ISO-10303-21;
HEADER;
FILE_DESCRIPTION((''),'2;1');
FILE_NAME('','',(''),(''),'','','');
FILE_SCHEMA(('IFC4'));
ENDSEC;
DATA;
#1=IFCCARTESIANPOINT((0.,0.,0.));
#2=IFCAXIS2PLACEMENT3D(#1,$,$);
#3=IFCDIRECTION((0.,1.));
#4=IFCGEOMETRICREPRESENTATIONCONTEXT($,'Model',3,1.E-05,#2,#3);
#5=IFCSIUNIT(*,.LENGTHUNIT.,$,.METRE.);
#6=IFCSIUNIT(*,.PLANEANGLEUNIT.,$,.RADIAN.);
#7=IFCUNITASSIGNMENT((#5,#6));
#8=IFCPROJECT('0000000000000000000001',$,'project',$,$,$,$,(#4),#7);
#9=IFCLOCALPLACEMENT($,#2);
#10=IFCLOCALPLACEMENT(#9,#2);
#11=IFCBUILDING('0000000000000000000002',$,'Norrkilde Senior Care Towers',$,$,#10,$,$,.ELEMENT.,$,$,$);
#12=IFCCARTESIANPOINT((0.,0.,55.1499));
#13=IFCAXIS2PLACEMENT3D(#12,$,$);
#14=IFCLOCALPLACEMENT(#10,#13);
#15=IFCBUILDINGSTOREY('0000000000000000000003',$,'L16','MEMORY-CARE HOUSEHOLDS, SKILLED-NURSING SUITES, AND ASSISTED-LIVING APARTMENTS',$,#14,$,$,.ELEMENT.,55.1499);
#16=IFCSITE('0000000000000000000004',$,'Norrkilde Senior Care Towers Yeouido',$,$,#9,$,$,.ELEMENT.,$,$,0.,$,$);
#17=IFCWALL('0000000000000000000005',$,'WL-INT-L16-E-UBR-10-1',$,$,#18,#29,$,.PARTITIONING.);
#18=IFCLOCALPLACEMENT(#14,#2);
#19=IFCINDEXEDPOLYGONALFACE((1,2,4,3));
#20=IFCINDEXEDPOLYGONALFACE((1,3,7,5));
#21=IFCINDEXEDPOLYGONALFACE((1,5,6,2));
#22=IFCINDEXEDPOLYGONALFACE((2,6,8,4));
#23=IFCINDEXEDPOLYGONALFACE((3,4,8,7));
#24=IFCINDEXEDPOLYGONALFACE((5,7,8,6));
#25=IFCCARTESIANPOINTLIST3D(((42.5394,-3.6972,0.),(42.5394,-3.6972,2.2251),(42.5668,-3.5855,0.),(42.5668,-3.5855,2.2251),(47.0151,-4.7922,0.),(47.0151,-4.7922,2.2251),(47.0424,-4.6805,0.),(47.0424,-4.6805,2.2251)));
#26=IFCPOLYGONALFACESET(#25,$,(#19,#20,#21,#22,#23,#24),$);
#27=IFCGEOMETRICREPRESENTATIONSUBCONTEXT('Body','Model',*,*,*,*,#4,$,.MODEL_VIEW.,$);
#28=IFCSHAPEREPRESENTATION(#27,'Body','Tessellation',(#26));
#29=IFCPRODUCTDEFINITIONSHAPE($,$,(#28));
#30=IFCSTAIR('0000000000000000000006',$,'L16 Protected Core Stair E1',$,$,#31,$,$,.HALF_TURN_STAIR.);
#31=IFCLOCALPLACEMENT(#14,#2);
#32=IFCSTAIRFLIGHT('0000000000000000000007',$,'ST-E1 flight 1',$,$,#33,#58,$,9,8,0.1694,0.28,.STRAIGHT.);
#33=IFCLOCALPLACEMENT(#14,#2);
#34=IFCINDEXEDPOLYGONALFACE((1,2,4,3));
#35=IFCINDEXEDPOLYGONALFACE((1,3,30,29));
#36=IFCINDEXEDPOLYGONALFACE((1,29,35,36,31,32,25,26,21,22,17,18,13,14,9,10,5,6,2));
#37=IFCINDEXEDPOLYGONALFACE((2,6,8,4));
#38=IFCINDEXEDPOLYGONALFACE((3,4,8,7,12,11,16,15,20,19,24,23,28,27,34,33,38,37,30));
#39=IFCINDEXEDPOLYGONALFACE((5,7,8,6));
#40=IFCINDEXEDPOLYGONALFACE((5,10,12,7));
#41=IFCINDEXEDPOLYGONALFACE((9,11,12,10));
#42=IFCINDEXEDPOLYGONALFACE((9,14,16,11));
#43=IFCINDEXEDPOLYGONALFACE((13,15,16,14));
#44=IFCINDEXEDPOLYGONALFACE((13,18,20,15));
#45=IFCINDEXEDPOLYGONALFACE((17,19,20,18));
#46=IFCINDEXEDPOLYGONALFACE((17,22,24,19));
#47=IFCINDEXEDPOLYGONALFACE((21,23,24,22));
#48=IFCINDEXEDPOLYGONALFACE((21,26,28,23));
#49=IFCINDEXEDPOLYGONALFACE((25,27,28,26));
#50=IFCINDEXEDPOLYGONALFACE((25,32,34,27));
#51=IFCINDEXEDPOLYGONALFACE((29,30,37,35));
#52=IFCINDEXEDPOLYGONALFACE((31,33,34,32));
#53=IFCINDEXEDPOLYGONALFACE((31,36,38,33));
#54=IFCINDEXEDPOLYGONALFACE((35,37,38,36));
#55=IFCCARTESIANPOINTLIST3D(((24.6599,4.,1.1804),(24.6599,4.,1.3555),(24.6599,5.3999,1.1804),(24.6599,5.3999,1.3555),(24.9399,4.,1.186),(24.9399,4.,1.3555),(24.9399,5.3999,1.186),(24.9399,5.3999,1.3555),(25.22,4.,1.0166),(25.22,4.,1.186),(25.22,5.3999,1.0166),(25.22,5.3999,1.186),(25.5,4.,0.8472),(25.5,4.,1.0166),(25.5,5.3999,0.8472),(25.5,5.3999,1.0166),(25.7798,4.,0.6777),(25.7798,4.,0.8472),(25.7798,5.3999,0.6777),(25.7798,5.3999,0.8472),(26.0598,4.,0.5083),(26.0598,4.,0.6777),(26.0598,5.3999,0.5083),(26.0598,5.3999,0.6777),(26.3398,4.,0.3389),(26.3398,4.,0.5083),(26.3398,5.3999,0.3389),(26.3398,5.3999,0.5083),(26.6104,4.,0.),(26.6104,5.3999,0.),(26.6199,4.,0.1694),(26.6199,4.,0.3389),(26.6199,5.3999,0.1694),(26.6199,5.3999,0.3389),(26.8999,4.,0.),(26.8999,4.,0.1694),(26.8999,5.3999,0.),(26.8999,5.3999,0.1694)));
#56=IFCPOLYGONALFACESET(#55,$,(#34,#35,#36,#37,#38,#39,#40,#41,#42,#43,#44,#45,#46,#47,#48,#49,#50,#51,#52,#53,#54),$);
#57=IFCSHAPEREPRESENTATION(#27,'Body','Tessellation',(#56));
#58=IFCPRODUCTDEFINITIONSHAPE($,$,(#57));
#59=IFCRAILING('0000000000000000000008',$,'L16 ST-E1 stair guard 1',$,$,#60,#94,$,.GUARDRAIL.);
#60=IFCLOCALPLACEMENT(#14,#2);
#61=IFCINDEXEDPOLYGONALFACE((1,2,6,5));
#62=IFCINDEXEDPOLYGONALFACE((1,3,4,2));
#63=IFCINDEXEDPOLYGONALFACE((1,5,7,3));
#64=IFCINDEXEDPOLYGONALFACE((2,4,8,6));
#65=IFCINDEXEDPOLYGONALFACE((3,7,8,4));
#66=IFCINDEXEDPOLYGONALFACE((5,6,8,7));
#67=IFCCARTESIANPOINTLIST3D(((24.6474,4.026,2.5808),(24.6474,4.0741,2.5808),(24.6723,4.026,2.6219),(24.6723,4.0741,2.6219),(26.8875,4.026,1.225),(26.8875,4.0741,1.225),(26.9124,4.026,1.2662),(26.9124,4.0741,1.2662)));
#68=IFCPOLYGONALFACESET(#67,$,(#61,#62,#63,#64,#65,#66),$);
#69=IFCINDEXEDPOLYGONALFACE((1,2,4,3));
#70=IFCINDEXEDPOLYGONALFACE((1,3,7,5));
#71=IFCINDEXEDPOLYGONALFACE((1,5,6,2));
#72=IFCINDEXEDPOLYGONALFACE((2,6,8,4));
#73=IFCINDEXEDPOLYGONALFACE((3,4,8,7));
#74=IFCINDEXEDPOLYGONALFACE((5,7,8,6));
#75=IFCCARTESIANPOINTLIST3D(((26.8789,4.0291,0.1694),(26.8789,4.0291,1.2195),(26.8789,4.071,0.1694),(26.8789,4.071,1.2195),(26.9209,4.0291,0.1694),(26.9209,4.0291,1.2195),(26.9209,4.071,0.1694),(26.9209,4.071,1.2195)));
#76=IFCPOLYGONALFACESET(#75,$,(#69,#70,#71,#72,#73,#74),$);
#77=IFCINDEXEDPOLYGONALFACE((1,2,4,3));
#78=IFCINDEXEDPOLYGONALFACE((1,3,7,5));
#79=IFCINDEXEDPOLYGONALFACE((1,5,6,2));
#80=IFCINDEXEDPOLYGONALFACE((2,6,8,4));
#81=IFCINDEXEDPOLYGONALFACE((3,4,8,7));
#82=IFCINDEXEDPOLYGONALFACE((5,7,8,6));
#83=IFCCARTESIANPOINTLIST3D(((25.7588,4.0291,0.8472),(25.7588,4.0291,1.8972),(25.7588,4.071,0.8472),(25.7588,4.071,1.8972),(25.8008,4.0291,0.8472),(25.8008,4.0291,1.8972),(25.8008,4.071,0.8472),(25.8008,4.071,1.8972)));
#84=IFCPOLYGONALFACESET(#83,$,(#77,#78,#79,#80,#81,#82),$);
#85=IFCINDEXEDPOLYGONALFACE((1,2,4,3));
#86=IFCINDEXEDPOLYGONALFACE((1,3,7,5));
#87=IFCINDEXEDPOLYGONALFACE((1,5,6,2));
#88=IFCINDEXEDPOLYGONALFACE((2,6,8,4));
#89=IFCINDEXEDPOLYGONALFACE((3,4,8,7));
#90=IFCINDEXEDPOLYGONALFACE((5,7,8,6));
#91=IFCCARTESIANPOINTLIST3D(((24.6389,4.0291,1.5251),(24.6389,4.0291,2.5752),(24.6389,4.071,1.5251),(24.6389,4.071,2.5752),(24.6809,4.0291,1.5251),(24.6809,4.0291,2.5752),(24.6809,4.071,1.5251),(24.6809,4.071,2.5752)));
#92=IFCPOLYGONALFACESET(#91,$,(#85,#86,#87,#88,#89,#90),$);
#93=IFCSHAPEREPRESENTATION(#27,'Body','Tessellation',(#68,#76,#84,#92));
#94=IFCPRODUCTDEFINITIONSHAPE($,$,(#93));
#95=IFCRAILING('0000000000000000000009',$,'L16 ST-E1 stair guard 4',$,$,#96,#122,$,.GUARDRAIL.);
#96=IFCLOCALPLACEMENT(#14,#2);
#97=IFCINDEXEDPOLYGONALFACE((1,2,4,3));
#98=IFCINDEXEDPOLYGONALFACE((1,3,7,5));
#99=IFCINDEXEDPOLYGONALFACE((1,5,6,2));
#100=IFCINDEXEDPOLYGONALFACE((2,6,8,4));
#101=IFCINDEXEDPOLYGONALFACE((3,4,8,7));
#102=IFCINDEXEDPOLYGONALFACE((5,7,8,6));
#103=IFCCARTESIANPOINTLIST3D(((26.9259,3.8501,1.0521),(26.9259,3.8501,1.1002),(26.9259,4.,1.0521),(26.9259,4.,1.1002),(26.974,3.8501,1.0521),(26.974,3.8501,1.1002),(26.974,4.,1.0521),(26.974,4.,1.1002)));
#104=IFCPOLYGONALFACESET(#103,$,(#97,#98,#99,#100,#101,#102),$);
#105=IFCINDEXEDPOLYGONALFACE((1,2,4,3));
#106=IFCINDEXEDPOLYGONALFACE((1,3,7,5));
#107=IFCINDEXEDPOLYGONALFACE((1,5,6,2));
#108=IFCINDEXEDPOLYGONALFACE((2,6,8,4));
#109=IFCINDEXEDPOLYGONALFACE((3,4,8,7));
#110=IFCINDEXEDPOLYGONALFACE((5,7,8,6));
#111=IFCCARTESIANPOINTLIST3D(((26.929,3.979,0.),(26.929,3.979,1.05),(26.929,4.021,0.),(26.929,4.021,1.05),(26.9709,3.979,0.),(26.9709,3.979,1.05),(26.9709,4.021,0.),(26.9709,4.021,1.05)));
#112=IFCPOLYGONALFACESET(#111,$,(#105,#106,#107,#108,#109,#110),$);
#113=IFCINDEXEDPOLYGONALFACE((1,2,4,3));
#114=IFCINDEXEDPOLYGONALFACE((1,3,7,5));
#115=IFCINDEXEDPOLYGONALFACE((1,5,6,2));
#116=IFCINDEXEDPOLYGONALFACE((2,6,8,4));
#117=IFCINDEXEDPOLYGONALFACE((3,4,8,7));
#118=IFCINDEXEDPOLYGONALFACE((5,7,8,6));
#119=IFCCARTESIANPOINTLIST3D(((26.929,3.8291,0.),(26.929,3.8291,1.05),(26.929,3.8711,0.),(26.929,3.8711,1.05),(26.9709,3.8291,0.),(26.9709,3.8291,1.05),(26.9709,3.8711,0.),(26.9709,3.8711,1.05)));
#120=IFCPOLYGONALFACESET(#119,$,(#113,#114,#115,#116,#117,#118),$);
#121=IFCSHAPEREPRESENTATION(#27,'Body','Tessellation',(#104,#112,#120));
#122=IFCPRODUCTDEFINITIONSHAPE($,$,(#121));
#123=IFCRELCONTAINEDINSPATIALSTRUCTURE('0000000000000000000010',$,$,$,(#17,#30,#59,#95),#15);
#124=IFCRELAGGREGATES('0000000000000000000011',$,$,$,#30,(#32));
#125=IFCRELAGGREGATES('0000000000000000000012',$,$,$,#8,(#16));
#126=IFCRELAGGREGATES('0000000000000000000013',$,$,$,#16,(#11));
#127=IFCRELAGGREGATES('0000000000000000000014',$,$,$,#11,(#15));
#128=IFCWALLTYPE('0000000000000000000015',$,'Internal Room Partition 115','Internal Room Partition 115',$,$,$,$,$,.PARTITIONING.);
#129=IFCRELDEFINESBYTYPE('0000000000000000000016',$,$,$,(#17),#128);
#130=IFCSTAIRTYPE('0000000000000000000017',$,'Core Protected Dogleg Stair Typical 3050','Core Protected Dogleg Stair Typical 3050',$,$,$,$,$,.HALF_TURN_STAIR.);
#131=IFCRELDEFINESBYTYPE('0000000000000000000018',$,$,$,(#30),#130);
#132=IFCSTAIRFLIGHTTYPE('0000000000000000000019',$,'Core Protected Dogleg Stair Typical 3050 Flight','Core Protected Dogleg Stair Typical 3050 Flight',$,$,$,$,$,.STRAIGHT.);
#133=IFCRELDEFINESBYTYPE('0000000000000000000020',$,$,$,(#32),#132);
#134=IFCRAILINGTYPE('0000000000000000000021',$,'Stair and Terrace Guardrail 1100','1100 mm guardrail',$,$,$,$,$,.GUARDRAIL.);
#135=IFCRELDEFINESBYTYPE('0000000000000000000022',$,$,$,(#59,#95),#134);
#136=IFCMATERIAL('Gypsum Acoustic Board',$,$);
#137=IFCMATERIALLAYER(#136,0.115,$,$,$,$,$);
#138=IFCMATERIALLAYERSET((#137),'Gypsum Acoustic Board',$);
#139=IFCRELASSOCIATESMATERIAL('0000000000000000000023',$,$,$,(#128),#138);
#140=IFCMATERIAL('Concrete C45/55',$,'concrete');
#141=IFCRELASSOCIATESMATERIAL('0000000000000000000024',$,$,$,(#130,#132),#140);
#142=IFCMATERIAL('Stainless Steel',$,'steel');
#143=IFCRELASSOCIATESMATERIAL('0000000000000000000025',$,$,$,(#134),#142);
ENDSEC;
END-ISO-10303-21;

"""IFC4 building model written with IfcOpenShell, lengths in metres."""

from ifc_helpers import new_model, si_unit, direction, frame, frame_2d, origin, origin_2d, place, context, subcontext, project, spatial, polyline, rectangle, outline, extrude, source, transform, mapped, material, layer, layer_set, type_object, element, aggregate, save


model = new_model("IFC4")

# Units and contexts
model_context = context("Model", 3, precision=1e-05, world=origin(), true_north=direction((0.0, 1.0)))
body_context = subcontext(model_context, "Body", "Model", "MODEL_VIEW")
ifc_project = project(units=[si_unit("LENGTHUNIT", "METRE"), si_unit("PLANEANGLEUNIT", "RADIAN")], contexts=[model_context])

# Site, building, storey
site_placement = place(None, origin())
site = spatial("IfcSite", under=ifc_project, at=site_placement, Name="Norrkilde Senior Care Towers Yeouido", CompositionType="ELEMENT", RefElevation=0.0)
building_placement = place(site_placement, origin())
building = spatial("IfcBuilding", under=site, at=building_placement, Name="Norrkilde Senior Care Towers", CompositionType="ELEMENT")
storey_placement = place(building_placement, frame((0.0, 0.0, 55.1499)))
storey = spatial("IfcBuildingStorey", under=building, at=storey_placement, Name="L16", Description="MEMORY-CARE HOUSEHOLDS, SKILLED-NURSING SUITES, AND ASSISTED-LIVING APARTMENTS", CompositionType="ELEMENT", Elevation=55.1499)

# Shared definitions
ifc_material_1 = material(Name="Concrete C45/55", Category="concrete")

# Shared definitions
ifc_material_2 = material(Name="Stainless Steel", Category="steel")

# Shared definitions
ifc_material_3 = material(Name="Gypsum Acoustic Board")
ifc_layer_1 = layer(ifc_material_3, 0.115)
ifc_layer_set_1 = layer_set([ifc_layer_1], Name="Gypsum Acoustic Board")
wall_type_1 = type_object("IfcWallType", Name="Internal Room Partition 115", Description="Internal Room Partition 115", PredefinedType="PARTITIONING", material=ifc_layer_set_1)

# Wall
shared_shape_1 = source(origin(), body_context, "Body", "SweptSolid", [
    extrude(rectangle(XDim=4.6077, YDim=0.115, at=frame_2d((2.3037, 0.0))), origin(), (0.0, 0.0, 1.0), 2.2251),
])
wall_1_placement = place(storey_placement, frame((42.5532, -3.6414, 0.0), z_axis=(0.0, 0.0, 1.0), x_axis=(0.971352, -0.237645, 0.0)))
element("IfcWall", 1, at=wall_1_placement, inside=storey, type_object=wall_type_1, Name="WL-INT-L16-E-UBR-10-1", PredefinedType="PARTITIONING", context=body_context, shape_type="MappedRepresentation", body=[
    mapped(shared_shape_1, transform((0.0, 0.0, 0.0), x_axis=(1.0, 0.0, 0.0), y_axis=(0.0, 1.0, 0.0), z_axis=(0.0, 0.0, 1.0), scale=1.0)),
])

# Stair, stair flight
stair_type = type_object("IfcStairType", Name="Core Protected Dogleg Stair Typical 3050", Description="Core Protected Dogleg Stair Typical 3050", PredefinedType="HALF_TURN_STAIR", material=ifc_material_1)
stair_placement = place(storey_placement, origin())
stair = element("IfcStair", 2, at=stair_placement, inside=storey, type_object=stair_type, Name="L16 Protected Core Stair E1", PredefinedType="HALF_TURN_STAIR")
stair_flight_type = type_object("IfcStairFlightType", Name="Core Protected Dogleg Stair Typical 3050 Flight", Description="Core Protected Dogleg Stair Typical 3050 Flight", PredefinedType="STRAIGHT", material=ifc_material_1)
stair_flight_placement = place(storey_placement, frame((26.8999, 4.7, 0.0), z_axis=(0.0, 0.0, 1.0), x_axis=(-1.0, 0.0, 0.0)))
stair_flight = element("IfcStairFlight", 3, at=stair_flight_placement, type_object=stair_flight_type, Name="ST-E1 flight 1", NumberOfRisers=9, NumberOfTreads=8, PredefinedType="STRAIGHT", RiserHeight=0.1694, TreadLength=0.28, context=body_context, shape_type="SweptSolid", body=[
    extrude(outline(polyline([(0.0, 0.0), (0.0, 0.1694), (0.28, 0.1694), (0.28, 0.3389), (0.5601, 0.3389), (0.5601, 0.5083), (0.8401, 0.5083), (0.8401, 0.6777), (1.1201, 0.6777), (1.1201, 0.8472), (1.3999, 0.8472), (1.3999, 1.0166), (1.6799, 1.0166), (1.6799, 1.186), (1.96, 1.186), (1.96, 1.3555), (2.24, 1.3555), (2.24, 1.5249), (2.24, 1.1804), (0.2896, 0.0), (0.0, 0.0)])), frame((0.0, 0.7, 0.0), z_axis=(0.0, -1.0, 0.0), x_axis=(1.0, 0.0, 0.0)), (0.0, 0.0, 1.0), 1.3999),
])
aggregate(stair, [stair_flight])

# Railings
railing_type = type_object("IfcRailingType", Name="Stair and Terrace Guardrail 1100", Description="1100 mm guardrail", PredefinedType="GUARDRAIL", material=ifc_material_2)
railing_1_placement = place(storey_placement, frame((26.8999, 4.05, 0.1694)))
element("IfcRailing", 4, at=railing_1_placement, inside=storey, type_object=railing_type, Name="L16 ST-E1 stair guard 1", PredefinedType="GUARDRAIL", context=body_context, shape_type="SweptSolid", body=[
    extrude(rectangle(XDim=0.0481, YDim=0.0481, at=origin_2d()), frame((0.0, 0.0, 1.0762), z_axis=(-0.855512, 0.0, 0.517783), x_axis=(0.0, -1.0, 0.0)), (0.0, 0.0, 1.0), 2.6184),
    extrude(rectangle(XDim=0.042, YDim=0.042, at=origin_2d()), origin(), (0.0, 0.0, 1.0), 1.05),
    extrude(rectangle(XDim=0.042, YDim=0.042, at=origin_2d()), frame((-1.1201, 0.0, 0.6777)), (0.0, 0.0, 1.0), 1.05),
    extrude(rectangle(XDim=0.042, YDim=0.042, at=origin_2d()), frame((-2.24, 0.0, 1.3557)), (0.0, 0.0, 1.0), 1.05),
])
railing_2_placement = place(storey_placement, frame((26.95, 4.0, 0.0)))
element("IfcRailing", 5, at=railing_2_placement, inside=storey, type_object=railing_type, Name="L16 ST-E1 stair guard 4", PredefinedType="GUARDRAIL", context=body_context, shape_type="SweptSolid", body=[
    extrude(rectangle(XDim=0.0481, YDim=0.0481, at=origin_2d()), frame((0.0, 0.0, 1.0762), z_axis=(0.0, -1.0, 0.0), x_axis=(1.0, 0.0, 0.0)), (0.0, 0.0, 1.0), 0.1499),
    extrude(rectangle(XDim=0.042, YDim=0.042, at=origin_2d()), origin(), (0.0, 0.0, 1.0), 1.05),
    extrude(rectangle(XDim=0.042, YDim=0.042, at=origin_2d()), frame((0.0, -0.1499, 0.0)), (0.0, 0.0, 1.0), 1.05),
])

save(model, "model.ifc")
